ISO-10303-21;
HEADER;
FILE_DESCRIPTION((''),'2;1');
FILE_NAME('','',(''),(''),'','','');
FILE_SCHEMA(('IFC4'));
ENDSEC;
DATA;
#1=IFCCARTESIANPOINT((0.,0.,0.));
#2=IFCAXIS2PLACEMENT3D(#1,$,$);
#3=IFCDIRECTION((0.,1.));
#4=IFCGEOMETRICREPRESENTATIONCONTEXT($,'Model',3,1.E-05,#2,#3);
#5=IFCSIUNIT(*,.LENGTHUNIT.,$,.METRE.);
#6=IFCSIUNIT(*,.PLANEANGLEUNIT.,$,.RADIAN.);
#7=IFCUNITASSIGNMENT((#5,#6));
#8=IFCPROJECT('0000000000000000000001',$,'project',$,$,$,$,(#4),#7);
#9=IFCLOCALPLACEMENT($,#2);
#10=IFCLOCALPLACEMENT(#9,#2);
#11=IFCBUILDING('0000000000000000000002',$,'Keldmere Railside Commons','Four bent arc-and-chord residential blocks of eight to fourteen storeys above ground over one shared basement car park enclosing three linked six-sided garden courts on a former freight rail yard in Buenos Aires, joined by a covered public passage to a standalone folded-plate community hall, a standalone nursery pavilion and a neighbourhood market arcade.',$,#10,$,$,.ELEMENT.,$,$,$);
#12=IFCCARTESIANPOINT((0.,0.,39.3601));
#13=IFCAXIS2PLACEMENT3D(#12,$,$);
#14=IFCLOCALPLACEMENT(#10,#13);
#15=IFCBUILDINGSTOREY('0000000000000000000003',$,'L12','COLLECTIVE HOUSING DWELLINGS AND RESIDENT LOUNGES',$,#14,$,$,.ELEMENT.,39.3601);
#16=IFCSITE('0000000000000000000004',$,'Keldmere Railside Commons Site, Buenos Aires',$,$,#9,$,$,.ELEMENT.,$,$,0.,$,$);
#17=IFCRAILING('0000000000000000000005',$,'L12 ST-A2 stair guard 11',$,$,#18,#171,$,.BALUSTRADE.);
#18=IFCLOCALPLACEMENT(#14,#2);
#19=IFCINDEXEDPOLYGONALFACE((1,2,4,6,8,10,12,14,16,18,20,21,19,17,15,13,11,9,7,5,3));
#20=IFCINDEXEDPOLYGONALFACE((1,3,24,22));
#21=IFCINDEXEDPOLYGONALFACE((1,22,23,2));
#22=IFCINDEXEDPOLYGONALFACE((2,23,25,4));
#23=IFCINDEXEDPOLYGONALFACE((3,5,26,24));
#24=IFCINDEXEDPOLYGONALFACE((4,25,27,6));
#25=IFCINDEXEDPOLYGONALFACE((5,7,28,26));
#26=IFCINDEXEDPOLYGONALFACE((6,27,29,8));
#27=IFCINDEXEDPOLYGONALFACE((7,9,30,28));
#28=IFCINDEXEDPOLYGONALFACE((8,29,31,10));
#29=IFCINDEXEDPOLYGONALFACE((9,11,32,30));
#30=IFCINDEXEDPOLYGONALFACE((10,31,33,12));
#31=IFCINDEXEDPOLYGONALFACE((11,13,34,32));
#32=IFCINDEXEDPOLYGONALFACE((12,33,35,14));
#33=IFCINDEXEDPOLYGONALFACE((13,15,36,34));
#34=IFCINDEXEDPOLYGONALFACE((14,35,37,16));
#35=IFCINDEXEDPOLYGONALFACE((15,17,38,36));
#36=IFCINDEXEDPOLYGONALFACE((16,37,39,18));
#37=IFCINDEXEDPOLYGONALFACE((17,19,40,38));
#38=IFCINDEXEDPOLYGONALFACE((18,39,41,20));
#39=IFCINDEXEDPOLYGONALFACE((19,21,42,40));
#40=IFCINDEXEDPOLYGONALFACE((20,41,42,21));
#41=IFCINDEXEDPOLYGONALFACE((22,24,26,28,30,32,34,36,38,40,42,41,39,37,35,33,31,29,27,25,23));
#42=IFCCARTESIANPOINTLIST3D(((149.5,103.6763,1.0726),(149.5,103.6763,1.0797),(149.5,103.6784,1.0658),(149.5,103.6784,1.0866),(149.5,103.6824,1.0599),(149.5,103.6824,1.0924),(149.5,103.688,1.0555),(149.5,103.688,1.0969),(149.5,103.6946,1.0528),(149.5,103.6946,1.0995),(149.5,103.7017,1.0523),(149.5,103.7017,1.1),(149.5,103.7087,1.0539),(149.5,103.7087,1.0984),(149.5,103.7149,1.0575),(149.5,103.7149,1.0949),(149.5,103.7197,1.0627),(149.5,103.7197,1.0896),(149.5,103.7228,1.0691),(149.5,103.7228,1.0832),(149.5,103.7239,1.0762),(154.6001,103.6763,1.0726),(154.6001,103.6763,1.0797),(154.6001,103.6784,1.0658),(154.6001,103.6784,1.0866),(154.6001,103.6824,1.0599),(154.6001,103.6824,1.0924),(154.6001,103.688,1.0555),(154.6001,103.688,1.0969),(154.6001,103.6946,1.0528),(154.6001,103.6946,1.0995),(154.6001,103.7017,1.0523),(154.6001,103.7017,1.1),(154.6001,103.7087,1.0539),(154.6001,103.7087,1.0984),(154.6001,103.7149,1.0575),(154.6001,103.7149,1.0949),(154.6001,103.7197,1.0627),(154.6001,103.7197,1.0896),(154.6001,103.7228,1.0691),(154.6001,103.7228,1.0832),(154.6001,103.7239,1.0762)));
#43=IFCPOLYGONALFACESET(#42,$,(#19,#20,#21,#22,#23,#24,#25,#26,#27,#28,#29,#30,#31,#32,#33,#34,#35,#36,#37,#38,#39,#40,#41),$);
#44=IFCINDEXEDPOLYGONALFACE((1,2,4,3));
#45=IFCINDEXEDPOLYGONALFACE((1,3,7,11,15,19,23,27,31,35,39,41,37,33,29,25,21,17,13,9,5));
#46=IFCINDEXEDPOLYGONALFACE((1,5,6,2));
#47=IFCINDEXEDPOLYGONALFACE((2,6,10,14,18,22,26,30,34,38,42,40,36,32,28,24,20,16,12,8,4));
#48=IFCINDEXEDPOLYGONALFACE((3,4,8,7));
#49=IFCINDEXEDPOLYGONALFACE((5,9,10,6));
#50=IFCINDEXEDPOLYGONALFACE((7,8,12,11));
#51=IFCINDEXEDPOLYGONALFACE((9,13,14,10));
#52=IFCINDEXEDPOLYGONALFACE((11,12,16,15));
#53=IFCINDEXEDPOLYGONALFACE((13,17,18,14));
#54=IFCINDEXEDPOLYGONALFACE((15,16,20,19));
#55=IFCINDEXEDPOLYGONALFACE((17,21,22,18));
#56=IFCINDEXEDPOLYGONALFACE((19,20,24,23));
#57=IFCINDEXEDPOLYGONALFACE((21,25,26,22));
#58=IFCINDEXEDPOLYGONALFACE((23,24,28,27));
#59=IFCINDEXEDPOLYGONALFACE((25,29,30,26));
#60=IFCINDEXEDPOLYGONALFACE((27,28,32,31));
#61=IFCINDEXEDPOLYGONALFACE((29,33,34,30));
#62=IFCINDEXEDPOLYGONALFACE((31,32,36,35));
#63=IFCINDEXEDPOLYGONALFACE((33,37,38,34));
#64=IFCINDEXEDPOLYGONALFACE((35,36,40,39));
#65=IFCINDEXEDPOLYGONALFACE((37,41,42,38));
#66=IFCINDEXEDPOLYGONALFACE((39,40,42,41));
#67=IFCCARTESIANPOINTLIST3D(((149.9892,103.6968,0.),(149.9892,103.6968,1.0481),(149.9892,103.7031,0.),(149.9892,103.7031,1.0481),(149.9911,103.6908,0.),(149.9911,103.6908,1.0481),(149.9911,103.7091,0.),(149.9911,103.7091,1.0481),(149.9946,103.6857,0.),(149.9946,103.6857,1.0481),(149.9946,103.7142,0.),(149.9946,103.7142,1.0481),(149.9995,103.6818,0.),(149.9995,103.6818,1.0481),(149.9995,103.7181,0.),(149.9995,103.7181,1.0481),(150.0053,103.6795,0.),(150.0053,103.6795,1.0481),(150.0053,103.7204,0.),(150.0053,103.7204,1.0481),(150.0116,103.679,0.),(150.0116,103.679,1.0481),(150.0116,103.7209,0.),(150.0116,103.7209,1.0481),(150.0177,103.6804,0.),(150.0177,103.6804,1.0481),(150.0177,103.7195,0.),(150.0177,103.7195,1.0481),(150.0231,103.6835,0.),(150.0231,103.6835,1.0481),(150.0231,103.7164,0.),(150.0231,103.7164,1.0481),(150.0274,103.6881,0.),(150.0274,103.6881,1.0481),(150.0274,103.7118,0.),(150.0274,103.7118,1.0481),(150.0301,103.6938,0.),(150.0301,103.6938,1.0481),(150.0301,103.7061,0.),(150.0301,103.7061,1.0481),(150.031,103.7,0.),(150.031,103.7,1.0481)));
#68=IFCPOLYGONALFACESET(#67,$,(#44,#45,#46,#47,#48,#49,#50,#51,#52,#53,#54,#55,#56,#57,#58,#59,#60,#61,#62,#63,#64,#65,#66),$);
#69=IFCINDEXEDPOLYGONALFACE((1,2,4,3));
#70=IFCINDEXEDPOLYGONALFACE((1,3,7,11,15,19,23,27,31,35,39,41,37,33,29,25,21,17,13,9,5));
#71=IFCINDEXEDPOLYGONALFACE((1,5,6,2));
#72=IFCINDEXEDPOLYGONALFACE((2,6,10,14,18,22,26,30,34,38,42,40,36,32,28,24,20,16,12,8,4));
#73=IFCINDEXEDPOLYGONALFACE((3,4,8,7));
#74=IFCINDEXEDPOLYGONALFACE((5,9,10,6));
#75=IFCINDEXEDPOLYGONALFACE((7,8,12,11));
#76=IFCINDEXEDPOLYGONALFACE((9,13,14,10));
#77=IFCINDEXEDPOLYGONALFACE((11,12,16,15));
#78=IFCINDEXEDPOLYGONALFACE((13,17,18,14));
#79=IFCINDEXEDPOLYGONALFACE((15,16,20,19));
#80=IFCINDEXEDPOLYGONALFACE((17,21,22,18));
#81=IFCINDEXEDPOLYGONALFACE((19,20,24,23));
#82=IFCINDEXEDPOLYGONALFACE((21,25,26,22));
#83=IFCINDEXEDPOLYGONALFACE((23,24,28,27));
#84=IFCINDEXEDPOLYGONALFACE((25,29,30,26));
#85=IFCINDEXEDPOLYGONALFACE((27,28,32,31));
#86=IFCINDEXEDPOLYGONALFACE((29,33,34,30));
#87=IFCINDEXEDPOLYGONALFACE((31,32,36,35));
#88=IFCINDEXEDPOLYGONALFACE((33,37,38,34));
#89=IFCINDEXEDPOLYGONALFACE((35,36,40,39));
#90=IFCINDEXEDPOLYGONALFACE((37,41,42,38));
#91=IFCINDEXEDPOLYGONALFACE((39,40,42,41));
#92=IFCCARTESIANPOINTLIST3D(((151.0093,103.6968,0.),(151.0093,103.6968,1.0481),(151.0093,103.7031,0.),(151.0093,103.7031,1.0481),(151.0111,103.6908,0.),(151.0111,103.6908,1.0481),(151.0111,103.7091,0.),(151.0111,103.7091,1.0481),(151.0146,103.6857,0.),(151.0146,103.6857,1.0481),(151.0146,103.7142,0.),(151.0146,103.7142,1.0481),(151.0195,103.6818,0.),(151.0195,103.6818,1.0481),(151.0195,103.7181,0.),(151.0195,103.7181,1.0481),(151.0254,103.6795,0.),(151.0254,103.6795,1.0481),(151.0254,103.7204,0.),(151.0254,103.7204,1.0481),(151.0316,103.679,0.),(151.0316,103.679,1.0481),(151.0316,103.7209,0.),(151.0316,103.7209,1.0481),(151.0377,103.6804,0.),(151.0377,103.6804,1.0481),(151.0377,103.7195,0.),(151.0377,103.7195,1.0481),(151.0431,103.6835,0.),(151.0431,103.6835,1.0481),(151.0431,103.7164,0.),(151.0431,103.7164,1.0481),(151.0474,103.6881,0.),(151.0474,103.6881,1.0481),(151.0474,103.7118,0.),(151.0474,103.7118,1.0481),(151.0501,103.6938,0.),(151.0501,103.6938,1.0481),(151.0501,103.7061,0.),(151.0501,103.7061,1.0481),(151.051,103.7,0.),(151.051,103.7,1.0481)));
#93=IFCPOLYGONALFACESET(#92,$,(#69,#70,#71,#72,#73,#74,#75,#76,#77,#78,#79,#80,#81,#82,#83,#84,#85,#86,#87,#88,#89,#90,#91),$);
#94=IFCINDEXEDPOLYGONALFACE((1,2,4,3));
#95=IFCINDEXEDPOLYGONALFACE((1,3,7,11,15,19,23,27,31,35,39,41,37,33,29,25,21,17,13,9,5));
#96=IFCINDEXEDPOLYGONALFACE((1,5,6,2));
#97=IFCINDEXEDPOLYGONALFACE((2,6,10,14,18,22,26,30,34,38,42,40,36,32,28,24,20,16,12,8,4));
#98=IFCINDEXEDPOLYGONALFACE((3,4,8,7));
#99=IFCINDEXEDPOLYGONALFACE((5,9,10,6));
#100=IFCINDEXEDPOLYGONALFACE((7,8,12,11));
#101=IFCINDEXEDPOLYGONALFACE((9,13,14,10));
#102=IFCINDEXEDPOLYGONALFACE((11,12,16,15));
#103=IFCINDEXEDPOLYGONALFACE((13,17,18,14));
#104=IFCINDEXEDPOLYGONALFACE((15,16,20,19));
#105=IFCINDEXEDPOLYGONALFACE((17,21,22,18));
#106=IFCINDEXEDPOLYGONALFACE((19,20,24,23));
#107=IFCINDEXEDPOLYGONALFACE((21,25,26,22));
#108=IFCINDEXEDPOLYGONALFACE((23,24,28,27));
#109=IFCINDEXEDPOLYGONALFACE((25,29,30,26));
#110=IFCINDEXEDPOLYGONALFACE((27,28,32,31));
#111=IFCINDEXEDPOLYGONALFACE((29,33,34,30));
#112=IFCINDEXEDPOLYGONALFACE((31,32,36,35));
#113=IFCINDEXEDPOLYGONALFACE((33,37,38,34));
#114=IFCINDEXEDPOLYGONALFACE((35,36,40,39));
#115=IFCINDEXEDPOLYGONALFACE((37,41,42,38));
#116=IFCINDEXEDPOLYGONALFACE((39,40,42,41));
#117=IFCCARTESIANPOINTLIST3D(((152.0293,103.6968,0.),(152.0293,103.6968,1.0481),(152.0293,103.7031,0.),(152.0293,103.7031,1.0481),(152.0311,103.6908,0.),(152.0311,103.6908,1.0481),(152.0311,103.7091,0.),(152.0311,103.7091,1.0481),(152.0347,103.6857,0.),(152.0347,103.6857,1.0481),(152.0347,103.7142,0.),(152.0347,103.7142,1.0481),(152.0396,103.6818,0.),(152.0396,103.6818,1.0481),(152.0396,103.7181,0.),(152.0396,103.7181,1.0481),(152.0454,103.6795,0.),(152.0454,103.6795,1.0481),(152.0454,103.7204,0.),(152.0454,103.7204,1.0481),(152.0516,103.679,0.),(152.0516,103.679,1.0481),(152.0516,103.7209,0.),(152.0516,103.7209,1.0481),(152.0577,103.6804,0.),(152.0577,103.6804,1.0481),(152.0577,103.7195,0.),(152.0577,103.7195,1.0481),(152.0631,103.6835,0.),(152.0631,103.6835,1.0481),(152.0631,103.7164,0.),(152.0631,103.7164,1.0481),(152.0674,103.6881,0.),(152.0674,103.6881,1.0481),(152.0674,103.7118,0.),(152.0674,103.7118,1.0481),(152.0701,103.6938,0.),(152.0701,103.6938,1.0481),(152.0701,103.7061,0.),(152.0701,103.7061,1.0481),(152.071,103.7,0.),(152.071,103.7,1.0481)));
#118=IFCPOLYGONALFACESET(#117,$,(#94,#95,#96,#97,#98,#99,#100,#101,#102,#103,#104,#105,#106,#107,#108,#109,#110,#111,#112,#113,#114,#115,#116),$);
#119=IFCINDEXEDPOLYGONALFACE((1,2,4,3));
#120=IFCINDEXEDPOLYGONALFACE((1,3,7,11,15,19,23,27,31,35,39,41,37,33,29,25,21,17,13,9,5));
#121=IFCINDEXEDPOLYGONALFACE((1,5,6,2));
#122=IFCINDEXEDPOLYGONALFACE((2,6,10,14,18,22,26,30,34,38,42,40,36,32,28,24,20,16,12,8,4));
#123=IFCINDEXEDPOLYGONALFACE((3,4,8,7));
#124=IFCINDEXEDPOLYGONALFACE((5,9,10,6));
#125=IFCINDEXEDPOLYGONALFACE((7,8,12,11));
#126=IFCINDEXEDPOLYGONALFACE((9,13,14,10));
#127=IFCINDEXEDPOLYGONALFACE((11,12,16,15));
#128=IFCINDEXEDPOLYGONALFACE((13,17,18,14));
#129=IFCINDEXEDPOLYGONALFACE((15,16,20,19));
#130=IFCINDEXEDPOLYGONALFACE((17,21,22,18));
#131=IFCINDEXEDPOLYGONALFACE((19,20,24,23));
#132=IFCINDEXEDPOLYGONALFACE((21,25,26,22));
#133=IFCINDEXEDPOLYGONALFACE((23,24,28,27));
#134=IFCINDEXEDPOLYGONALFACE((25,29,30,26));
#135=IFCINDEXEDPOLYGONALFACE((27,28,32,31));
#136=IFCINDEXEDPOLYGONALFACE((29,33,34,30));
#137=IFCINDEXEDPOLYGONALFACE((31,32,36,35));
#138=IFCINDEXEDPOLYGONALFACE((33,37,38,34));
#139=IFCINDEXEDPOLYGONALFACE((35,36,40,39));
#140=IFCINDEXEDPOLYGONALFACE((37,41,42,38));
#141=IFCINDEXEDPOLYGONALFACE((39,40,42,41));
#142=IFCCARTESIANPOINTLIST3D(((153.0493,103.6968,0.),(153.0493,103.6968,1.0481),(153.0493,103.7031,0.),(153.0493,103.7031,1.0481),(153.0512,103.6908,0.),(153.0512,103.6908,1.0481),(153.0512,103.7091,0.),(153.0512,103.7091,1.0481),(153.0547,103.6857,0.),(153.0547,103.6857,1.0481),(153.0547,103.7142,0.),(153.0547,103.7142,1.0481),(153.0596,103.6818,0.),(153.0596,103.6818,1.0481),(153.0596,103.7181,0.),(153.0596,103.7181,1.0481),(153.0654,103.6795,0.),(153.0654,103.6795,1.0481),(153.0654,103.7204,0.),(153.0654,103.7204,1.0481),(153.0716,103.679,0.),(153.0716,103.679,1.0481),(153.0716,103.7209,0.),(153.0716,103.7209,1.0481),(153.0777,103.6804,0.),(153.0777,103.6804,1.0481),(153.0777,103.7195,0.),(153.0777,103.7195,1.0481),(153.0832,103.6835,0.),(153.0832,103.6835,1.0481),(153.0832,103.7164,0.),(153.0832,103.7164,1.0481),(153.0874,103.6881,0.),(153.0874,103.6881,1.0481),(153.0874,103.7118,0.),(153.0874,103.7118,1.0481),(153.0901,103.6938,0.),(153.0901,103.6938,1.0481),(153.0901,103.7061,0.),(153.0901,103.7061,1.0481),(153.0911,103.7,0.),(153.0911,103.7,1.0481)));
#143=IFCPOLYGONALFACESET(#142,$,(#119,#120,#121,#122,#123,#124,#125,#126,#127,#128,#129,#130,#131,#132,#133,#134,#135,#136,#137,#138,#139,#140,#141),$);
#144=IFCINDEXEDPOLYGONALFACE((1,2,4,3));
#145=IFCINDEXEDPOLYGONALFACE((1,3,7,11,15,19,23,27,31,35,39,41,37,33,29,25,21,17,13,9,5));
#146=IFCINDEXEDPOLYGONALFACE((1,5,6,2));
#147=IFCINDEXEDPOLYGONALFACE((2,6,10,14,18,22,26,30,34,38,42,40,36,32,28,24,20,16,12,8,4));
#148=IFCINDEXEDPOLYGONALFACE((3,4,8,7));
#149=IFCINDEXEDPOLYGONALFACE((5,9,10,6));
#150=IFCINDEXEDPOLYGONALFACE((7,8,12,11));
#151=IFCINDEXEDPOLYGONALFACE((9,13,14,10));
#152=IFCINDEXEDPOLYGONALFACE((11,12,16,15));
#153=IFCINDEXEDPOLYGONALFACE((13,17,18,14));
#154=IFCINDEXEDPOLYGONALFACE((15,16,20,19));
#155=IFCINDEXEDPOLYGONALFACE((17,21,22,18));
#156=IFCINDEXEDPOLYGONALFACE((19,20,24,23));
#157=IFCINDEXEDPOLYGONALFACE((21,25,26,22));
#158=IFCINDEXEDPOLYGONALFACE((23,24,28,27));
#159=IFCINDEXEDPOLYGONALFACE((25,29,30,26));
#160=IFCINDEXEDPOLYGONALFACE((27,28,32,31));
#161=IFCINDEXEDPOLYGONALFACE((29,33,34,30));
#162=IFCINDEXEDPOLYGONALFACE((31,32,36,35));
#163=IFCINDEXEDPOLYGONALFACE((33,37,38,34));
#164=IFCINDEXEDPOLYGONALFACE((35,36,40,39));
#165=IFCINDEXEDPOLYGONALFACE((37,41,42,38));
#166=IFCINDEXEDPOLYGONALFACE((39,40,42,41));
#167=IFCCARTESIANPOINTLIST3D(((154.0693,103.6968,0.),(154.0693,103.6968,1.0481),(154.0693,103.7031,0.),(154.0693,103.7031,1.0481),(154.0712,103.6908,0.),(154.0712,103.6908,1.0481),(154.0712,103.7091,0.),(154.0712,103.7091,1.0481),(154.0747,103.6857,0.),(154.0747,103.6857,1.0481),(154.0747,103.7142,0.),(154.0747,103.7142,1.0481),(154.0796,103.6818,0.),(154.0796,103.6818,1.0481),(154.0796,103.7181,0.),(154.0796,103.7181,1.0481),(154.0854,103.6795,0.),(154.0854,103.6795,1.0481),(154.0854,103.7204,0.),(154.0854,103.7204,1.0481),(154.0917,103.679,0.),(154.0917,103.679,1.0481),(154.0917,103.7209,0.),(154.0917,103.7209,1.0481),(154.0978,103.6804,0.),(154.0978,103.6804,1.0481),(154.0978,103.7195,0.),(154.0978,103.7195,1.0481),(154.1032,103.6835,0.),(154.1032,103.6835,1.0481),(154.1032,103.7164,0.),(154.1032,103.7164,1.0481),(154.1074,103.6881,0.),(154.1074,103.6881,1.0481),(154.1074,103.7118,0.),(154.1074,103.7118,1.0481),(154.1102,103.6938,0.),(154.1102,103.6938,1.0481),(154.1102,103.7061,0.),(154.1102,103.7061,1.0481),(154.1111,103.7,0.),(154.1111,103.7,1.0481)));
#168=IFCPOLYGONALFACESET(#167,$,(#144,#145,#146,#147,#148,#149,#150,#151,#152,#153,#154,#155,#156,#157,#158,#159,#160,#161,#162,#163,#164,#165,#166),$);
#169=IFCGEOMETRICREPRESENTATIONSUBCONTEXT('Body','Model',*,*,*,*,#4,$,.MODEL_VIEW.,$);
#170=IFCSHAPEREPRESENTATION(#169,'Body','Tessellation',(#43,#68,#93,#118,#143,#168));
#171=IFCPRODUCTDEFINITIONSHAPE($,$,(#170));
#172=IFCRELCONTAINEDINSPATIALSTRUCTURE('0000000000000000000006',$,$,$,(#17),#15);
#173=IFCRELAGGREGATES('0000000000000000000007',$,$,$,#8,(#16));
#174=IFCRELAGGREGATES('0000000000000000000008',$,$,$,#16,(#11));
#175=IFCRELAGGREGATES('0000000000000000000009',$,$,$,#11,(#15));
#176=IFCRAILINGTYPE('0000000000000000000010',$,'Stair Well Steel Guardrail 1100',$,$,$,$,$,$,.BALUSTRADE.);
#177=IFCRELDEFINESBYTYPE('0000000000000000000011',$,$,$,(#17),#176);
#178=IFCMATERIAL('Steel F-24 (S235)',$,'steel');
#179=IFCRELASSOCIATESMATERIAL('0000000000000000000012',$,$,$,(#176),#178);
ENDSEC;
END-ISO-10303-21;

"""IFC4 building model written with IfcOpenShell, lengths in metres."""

from ifc_helpers import new_model, si_unit, direction, frame, origin, origin_2d, place, context, subcontext, project, spatial, circle, extrude, material, type_object, element, save


model = new_model("IFC4")

# Units and contexts
model_context = context("Model", 3, precision=1e-05, world=origin(), true_north=direction((0.0, 1.0)))
body_context = subcontext(model_context, "Body", "Model", "MODEL_VIEW")
ifc_project = project(units=[si_unit("LENGTHUNIT", "METRE"), si_unit("PLANEANGLEUNIT", "RADIAN")], contexts=[model_context])

# Site, building, storey
site_placement = place(None, origin())
site = spatial("IfcSite", under=ifc_project, at=site_placement, Name="Keldmere Railside Commons Site, Buenos Aires", CompositionType="ELEMENT", RefElevation=0.0)
building_placement = place(site_placement, origin())
building = spatial("IfcBuilding", under=site, at=building_placement, Name="Keldmere Railside Commons", Description="Four bent arc-and-chord residential blocks of eight to fourteen storeys above ground over one shared basement car park enclosing three linked six-sided garden courts on a former freight rail yard in Buenos Aires, joined by a covered public passage to a standalone folded-plate community hall, a standalone nursery pavilion and a neighbourhood market arcade.", CompositionType="ELEMENT")
storey_placement = place(building_placement, frame((0.0, 0.0, 39.3601)))
storey = spatial("IfcBuildingStorey", under=building, at=storey_placement, Name="L12", Description="COLLECTIVE HOUSING DWELLINGS AND RESIDENT LOUNGES", CompositionType="ELEMENT", Elevation=39.3601)

# Railing
ifc_material_1 = material(Name="Steel F-24 (S235)", Category="steel")
railing_type_1 = type_object("IfcRailingType", Name="Stair Well Steel Guardrail 1100", PredefinedType="BALUSTRADE", material=ifc_material_1)
for number, where, name in (
    (1, (149.5, 103.7, 0.0), "L12 ST-A2 stair guard 11"),
):
    element("IfcRailing", number, at=place(storey_placement, frame(where)), inside=storey, type_object=railing_type_1, Name=name, PredefinedType="BALUSTRADE", context=body_context, shape_type="SweptSolid", body=[
        extrude(circle(Radius=0.0239, at=origin_2d()), frame((0.0, 0.0, 1.0762), z_axis=(1.0, 0.0, 0.0), x_axis=(0.0, 1.0, 0.0)), (0.0, 0.0, 1.0), 5.1001),
        extrude(circle(Radius=0.021, at=origin_2d()), frame((0.51, 0.0, 0.0)), (0.0, 0.0, 1.0), 1.0481),
        extrude(circle(Radius=0.021, at=origin_2d()), frame((1.53, 0.0, 0.0)), (0.0, 0.0, 1.0), 1.0481),
        extrude(circle(Radius=0.021, at=origin_2d()), frame((2.55, 0.0, 0.0)), (0.0, 0.0, 1.0), 1.0481),
        extrude(circle(Radius=0.021, at=origin_2d()), frame((3.5701, 0.0, 0.0)), (0.0, 0.0, 1.0), 1.0481),
        extrude(circle(Radius=0.021, at=origin_2d()), frame((4.5901, 0.0, 0.0)), (0.0, 0.0, 1.0), 1.0481),
    ])

save(model, "model.ifc")
